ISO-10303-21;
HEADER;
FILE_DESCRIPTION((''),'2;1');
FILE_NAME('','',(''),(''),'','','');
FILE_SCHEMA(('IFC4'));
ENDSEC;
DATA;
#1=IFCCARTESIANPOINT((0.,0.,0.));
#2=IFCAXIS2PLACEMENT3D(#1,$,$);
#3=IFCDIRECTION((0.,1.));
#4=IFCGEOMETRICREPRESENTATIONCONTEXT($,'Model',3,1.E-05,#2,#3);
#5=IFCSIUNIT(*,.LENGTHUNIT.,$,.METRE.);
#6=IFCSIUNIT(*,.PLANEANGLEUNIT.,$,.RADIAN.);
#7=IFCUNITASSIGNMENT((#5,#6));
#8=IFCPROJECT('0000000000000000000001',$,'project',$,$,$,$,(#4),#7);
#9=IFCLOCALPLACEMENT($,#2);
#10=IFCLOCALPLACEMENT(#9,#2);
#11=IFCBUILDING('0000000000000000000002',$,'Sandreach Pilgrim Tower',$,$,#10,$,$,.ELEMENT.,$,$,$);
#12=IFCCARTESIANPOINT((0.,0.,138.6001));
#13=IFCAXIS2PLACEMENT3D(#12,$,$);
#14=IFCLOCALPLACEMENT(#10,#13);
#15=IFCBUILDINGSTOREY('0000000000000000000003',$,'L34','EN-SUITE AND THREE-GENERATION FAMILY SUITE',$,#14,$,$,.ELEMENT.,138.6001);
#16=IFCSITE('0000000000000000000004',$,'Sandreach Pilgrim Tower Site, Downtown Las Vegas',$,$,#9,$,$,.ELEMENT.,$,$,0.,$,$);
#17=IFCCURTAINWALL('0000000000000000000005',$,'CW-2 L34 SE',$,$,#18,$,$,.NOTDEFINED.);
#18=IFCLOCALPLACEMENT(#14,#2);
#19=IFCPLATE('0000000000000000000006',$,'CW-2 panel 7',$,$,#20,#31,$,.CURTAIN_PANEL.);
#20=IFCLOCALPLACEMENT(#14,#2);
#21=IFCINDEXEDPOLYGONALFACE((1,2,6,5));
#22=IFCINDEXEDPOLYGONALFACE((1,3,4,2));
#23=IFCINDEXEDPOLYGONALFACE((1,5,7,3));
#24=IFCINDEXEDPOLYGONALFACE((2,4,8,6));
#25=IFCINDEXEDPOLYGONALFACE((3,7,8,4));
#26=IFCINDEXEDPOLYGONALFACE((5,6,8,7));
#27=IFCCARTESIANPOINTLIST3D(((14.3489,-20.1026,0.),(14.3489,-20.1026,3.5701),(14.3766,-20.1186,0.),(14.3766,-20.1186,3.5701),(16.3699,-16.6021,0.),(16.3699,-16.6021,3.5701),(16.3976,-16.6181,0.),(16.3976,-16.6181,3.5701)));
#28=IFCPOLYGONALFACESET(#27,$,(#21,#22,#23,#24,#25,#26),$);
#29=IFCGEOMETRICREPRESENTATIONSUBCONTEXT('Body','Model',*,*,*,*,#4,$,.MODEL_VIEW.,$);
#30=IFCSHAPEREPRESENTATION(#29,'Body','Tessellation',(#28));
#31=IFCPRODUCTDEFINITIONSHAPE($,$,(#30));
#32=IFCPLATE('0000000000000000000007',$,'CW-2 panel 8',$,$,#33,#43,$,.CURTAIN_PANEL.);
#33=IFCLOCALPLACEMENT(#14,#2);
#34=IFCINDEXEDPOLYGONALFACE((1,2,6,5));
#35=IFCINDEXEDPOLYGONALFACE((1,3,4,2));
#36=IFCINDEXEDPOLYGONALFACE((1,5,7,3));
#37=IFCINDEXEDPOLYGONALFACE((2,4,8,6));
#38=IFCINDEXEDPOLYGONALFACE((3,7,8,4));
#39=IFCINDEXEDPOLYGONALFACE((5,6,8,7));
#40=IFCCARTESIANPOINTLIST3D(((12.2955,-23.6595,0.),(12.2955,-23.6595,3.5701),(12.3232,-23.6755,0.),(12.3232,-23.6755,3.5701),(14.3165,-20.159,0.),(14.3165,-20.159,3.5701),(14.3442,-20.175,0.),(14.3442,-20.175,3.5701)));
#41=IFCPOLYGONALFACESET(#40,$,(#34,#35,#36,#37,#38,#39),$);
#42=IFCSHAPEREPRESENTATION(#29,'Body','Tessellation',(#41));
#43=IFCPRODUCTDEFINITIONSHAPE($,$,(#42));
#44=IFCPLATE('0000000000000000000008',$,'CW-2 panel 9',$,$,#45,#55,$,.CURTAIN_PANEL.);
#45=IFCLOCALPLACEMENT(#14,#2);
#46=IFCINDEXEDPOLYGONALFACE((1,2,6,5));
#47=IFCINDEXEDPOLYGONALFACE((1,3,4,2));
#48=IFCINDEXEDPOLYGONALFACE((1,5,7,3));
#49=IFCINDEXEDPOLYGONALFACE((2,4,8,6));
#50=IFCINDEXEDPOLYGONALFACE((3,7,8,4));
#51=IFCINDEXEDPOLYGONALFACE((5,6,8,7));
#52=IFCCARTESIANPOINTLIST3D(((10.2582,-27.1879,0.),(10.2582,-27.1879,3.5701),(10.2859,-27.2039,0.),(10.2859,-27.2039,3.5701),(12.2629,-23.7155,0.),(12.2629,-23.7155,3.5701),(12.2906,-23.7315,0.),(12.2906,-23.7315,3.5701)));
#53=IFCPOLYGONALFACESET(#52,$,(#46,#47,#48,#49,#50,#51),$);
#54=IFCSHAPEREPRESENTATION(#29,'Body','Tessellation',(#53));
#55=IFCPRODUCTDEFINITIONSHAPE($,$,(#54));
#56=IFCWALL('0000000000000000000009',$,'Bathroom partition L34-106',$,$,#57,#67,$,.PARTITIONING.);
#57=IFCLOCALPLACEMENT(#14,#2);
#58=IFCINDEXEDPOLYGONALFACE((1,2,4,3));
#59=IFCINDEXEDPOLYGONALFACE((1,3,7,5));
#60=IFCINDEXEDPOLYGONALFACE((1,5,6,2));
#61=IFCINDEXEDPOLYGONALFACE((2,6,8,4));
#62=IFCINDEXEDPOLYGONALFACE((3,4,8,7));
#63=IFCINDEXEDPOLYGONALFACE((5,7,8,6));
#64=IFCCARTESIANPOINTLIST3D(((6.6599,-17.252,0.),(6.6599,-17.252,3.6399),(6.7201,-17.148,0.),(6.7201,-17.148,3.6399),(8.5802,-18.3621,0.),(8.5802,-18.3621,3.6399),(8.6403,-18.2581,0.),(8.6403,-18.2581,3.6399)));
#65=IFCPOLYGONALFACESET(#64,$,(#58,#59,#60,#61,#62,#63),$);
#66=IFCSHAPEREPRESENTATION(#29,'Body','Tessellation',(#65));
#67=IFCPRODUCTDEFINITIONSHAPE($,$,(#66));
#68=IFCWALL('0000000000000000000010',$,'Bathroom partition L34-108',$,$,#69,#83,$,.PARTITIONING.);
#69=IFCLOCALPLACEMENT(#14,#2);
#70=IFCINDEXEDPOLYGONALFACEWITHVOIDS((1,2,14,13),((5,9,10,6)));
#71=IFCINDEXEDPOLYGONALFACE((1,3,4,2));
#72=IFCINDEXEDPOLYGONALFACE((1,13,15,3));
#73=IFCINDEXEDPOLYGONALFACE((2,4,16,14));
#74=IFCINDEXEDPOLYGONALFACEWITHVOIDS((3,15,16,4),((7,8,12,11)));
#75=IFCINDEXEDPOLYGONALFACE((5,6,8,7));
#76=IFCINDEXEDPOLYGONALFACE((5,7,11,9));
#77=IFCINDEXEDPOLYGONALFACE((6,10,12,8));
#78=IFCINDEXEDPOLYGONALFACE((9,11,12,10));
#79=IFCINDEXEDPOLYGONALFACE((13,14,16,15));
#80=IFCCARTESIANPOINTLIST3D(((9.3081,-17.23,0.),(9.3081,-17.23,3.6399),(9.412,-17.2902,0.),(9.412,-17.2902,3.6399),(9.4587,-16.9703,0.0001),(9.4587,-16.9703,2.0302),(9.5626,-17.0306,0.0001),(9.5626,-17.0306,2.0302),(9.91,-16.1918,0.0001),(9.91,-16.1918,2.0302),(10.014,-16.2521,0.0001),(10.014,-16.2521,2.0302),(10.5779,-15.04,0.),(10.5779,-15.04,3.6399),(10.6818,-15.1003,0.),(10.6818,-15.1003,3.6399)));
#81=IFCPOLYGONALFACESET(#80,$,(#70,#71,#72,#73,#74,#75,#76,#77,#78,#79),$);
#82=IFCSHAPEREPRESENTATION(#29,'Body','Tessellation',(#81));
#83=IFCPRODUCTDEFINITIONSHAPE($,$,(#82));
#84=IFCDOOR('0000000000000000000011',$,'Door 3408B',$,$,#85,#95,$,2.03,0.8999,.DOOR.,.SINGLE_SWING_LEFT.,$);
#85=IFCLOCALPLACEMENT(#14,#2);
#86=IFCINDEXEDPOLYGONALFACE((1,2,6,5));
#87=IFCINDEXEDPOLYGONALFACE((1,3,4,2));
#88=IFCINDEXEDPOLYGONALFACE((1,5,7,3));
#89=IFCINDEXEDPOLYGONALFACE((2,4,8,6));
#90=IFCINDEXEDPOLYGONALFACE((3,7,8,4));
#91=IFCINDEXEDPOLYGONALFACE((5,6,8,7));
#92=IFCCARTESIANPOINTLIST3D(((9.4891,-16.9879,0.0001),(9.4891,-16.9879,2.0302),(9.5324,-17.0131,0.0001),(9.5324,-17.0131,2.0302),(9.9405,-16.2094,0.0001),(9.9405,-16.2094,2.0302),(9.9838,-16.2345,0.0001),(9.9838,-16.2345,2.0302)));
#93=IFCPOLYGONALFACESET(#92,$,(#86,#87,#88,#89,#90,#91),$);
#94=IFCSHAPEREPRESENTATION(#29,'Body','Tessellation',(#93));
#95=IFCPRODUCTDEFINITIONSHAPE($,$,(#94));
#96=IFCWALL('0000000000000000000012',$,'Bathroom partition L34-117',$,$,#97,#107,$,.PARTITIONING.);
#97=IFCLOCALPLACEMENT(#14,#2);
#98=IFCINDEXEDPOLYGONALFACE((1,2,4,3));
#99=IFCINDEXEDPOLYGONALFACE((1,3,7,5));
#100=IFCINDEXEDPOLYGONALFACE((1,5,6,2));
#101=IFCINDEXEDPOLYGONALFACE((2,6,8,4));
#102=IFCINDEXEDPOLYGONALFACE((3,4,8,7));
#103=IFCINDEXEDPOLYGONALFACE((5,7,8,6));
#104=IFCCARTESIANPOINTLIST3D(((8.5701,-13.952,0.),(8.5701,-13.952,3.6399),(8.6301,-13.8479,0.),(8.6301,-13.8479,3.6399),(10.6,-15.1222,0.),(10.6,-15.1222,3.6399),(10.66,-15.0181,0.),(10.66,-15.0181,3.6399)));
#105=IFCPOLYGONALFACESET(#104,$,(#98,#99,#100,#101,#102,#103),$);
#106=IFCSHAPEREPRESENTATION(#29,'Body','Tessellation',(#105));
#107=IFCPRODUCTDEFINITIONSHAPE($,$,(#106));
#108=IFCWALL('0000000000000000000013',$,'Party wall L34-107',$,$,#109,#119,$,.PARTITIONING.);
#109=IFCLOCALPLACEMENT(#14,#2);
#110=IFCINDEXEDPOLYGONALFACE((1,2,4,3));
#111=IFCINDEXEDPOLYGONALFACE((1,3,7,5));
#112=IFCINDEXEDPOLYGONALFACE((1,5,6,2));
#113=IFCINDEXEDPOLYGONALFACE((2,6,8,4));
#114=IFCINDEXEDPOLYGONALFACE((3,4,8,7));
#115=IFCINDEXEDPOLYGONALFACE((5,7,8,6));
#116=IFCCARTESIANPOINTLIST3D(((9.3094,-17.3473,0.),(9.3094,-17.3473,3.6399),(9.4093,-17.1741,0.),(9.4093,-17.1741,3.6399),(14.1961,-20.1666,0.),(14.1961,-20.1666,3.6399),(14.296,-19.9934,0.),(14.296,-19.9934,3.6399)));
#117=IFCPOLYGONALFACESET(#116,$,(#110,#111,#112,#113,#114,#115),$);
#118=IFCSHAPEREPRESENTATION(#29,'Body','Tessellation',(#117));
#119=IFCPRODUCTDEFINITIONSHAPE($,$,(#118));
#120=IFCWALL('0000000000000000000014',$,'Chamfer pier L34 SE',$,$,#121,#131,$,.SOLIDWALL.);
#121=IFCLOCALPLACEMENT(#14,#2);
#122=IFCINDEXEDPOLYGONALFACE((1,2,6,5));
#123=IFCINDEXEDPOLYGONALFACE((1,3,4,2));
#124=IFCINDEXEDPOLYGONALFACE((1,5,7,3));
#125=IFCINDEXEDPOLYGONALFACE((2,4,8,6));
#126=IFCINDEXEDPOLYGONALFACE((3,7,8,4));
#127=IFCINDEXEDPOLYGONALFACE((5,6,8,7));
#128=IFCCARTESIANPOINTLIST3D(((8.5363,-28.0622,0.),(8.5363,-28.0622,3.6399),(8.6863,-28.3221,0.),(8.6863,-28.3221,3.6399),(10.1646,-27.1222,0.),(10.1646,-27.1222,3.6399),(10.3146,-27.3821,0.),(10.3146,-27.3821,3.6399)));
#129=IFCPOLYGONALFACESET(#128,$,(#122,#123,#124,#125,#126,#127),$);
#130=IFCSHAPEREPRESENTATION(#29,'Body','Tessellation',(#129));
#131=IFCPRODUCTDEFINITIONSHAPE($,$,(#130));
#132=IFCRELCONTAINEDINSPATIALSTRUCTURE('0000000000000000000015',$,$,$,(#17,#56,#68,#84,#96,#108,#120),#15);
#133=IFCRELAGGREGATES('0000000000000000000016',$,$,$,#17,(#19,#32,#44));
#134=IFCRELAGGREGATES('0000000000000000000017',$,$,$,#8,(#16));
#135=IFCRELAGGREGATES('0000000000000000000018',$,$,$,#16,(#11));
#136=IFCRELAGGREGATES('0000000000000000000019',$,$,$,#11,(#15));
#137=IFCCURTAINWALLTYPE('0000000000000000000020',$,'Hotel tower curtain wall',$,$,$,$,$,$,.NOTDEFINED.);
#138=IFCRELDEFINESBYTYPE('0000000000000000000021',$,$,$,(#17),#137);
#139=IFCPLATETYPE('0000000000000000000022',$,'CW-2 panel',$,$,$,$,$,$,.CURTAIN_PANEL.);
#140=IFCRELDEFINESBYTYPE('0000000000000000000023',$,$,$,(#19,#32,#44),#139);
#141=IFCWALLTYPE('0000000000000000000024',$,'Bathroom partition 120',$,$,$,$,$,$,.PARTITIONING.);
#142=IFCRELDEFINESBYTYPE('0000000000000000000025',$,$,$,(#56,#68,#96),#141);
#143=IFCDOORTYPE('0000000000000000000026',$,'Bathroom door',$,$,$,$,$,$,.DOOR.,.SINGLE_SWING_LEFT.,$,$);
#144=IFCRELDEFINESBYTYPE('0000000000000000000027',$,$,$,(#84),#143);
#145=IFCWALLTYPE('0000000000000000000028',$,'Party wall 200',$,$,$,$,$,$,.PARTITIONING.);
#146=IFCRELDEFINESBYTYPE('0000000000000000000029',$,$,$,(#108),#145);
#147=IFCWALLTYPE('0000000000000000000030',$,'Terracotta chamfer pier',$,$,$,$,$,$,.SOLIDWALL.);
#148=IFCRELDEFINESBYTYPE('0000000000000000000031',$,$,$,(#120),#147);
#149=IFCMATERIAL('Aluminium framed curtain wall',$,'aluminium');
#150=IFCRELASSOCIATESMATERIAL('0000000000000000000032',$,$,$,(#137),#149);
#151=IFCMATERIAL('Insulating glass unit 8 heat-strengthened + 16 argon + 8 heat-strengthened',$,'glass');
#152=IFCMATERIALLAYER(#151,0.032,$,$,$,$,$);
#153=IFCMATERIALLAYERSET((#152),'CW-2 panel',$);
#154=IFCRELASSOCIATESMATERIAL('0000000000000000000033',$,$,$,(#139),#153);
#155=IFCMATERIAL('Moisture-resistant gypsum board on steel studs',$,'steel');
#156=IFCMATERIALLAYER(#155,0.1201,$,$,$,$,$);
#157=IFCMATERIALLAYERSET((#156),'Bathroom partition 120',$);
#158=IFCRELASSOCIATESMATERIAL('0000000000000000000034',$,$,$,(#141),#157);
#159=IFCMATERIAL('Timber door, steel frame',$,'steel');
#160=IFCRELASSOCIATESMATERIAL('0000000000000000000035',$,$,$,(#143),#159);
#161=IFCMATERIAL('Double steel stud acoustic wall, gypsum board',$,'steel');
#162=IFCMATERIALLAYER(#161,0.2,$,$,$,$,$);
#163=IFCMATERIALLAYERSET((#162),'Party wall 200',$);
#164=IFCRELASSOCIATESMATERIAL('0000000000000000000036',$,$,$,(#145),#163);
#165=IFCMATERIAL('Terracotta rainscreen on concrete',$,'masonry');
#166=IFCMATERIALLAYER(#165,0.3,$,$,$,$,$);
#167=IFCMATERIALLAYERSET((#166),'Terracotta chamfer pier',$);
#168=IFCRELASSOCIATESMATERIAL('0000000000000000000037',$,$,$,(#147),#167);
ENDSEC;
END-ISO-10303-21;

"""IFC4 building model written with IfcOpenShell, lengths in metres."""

from ifc_helpers import new_model, si_unit, direction, frame, frame_2d, origin, origin_2d, place, context, subcontext, project, spatial, rectangle, extrude, material, layer, layer_set, type_object, element, fill, aggregate, save


model = new_model("IFC4")

# Units and contexts
model_context = context("Model", 3, precision=1e-05, world=origin(), true_north=direction((0.0, 1.0)))
body_context = subcontext(model_context, "Body", "Model", "MODEL_VIEW")
ifc_project = project(units=[si_unit("LENGTHUNIT", "METRE"), si_unit("PLANEANGLEUNIT", "RADIAN")], contexts=[model_context])

# Site, building, storey
site_placement = place(None, origin())
site = spatial("IfcSite", under=ifc_project, at=site_placement, Name="Sandreach Pilgrim Tower Site, Downtown Las Vegas", CompositionType="ELEMENT", RefElevation=0.0)
building_placement = place(site_placement, origin())
building = spatial("IfcBuilding", under=site, at=building_placement, Name="Sandreach Pilgrim Tower", CompositionType="ELEMENT")
storey_placement = place(building_placement, frame((0.0, 0.0, 138.6001)))
storey = spatial("IfcBuildingStorey", under=building, at=storey_placement, Name="L34", Description="EN-SUITE AND THREE-GENERATION FAMILY SUITE", CompositionType="ELEMENT", Elevation=138.6001)

# Curtain wall
ifc_material_1 = material(Name="Aluminium framed curtain wall", Category="aluminium")
curtain_wall_type = type_object("IfcCurtainWallType", Name="Hotel tower curtain wall", PredefinedType="NOTDEFINED", material=ifc_material_1)
curtain_wall_1_placement = place(storey_placement, origin())
curtain_wall_1 = element("IfcCurtainWall", 1, at=curtain_wall_1_placement, inside=storey, type_object=curtain_wall_type, Name="CW-2 L34 SE", PredefinedType="NOTDEFINED")

# Plates
ifc_material_2 = material(Name="Insulating glass unit 8 heat-strengthened + 16 argon + 8 heat-strengthened", Category="glass")
ifc_layer_1 = layer(ifc_material_2, 0.032)
ifc_layer_set_1 = layer_set([ifc_layer_1], Name="CW-2 panel")
plate_type = type_object("IfcPlateType", Name="CW-2 panel", PredefinedType="CURTAIN_PANEL", material=ifc_layer_set_1)
plate_1_placement = place(storey_placement, frame((15.3733, -18.3604, 0.0), z_axis=(0.0, 0.0, 1.0), x_axis=(-0.5, -0.866025, 0.0)))
plate_1 = element("IfcPlate", 2, at=plate_1_placement, type_object=plate_type, Name="CW-2 panel 7", PredefinedType="CURTAIN_PANEL", context=body_context, shape_type="SweptSolid", body=[
    extrude(rectangle(XDim=4.042, YDim=0.032, at=origin_2d()), origin(), (0.0, 0.0, 1.0), 3.5701),
])
plate_2_placement = place(storey_placement, frame((13.3198, -21.9172, 0.0), z_axis=(0.0, 0.0, 1.0), x_axis=(-0.5, -0.866025, 0.0)))
plate_2 = element("IfcPlate", 3, at=plate_2_placement, type_object=plate_type, Name="CW-2 panel 8", PredefinedType="CURTAIN_PANEL", context=body_context, shape_type="SweptSolid", body=[
    extrude(rectangle(XDim=4.042, YDim=0.032, at=origin_2d()), origin(), (0.0, 0.0, 1.0), 3.5701),
])
plate_3_placement = place(storey_placement, frame((11.2744, -25.4597, 0.0), z_axis=(0.0, 0.0, 1.0), x_axis=(-0.5, -0.866025, 0.0)))
plate_3 = element("IfcPlate", 4, at=plate_3_placement, type_object=plate_type, Name="CW-2 panel 9", PredefinedType="CURTAIN_PANEL", context=body_context, shape_type="SweptSolid", body=[
    extrude(rectangle(XDim=4.0095, YDim=0.032, at=origin_2d()), origin(), (0.0, 0.0, 1.0), 3.5701),
])
aggregate(curtain_wall_1, [plate_1, plate_2, plate_3])

# Wall
ifc_material_3 = material(Name="Moisture-resistant gypsum board on steel studs", Category="steel")
ifc_layer_2 = layer(ifc_material_3, 0.1201)
ifc_layer_set_2 = layer_set([ifc_layer_2], Name="Bathroom partition 120")
wall_type_1 = type_object("IfcWallType", Name="Bathroom partition 120", PredefinedType="PARTITIONING", material=ifc_layer_set_2)
wall_1_placement = place(storey_placement, frame((8.6101, -18.3101, 0.0), z_axis=(0.0, 0.0, 1.0), x_axis=(-0.865733, 0.500507, 0.0)))
element("IfcWall", 5, at=wall_1_placement, inside=storey, type_object=wall_type_1, Name="Bathroom partition L34-106", PredefinedType="PARTITIONING", context=body_context, shape_type="SweptSolid", body=[
    extrude(rectangle(XDim=2.218, YDim=0.1201, at=frame_2d((1.1089, 0.0))), origin(), (0.0, 0.0, 1.0), 3.6399),
])

# Wall, opening, door
wall_2_placement = place(storey_placement, frame((9.3601, -17.26, 0.0), z_axis=(0.0, 0.0, 1.0), x_axis=(0.501603, 0.865098, 0.0)))
wall_2 = element("IfcWall", 6, at=wall_2_placement, inside=storey, type_object=wall_type_1, Name="Bathroom partition L34-108", PredefinedType="PARTITIONING", context=body_context, shape_type="SweptSolid", body=[
    extrude(rectangle(XDim=2.5315, YDim=0.1201, at=frame_2d((1.2656, 0.0))), origin(), (0.0, 0.0, 1.0), 3.6399),
])
opening_placement = place(wall_2_placement, frame((0.3, 0.0, 0.0)))
opening = element("IfcOpeningElement", 7, at=opening_placement, cuts=wall_2, PredefinedType="OPENING", context=body_context, shape_type="SweptSolid", body=[
    extrude(rectangle(XDim=0.8999, YDim=2.03, at=frame_2d((0.45, 1.0151))), frame((0.0, 0.0601, 0.0), z_axis=(0.0, -1.0, 0.0), x_axis=(1.0, 0.0, 0.0)), (0.0, 0.0, 1.0), 0.1201),
])
ifc_material_4 = material(Name="Timber door, steel frame", Category="steel")
door_type = type_object("IfcDoorType", Name="Bathroom door", OperationType="SINGLE_SWING_LEFT", PredefinedType="DOOR", material=ifc_material_4)
door_placement = place(opening_placement, origin())
door = element("IfcDoor", 8, at=door_placement, inside=storey, type_object=door_type, Name="Door 3408B", OperationType="SINGLE_SWING_LEFT", OverallHeight=2.03, OverallWidth=0.8999, PredefinedType="DOOR", context=body_context, shape_type="SweptSolid", body=[
    extrude(rectangle(XDim=0.8999, YDim=2.03, at=frame_2d((0.45, 1.0151))), frame((0.0, 0.0249, 0.0), z_axis=(0.0, -1.0, 0.0), x_axis=(1.0, 0.0, 0.0)), (0.0, 0.0, 1.0), 0.05),
])
fill(opening, door)

# Walls
wall_3_placement = place(storey_placement, frame((10.6299, -15.0701, 0.0), z_axis=(0.0, 0.0, 1.0), x_axis=(-0.866345, 0.499446, 0.0)))
element("IfcWall", 9, at=wall_3_placement, inside=storey, type_object=wall_type_1, Name="Bathroom partition L34-117", PredefinedType="PARTITIONING", context=body_context, shape_type="SweptSolid", body=[
    extrude(rectangle(XDim=2.343, YDim=0.1201, at=frame_2d((1.1714, 0.0))), origin(), (0.0, 0.0, 1.0), 3.6399),
])
ifc_material_5 = material(Name="Double steel stud acoustic wall, gypsum board", Category="steel")
ifc_layer_3 = layer(ifc_material_5, 0.2)
ifc_layer_set_3 = layer_set([ifc_layer_3], Name="Party wall 200")
wall_type_2 = type_object("IfcWallType", Name="Party wall 200", PredefinedType="PARTITIONING", material=ifc_layer_set_3)
wall_4_placement = place(storey_placement, frame((9.3594, -17.2607, 0.0), z_axis=(0.0, 0.0, 1.0), x_axis=(0.86618, -0.499732, 0.0)))
element("IfcWall", 10, at=wall_4_placement, inside=storey, type_object=wall_type_2, Name="Party wall L34-107", PredefinedType="PARTITIONING", context=body_context, shape_type="SweptSolid", body=[
    extrude(rectangle(XDim=5.6416, YDim=0.2, at=frame_2d((2.8208, 0.0))), origin(), (0.0, 0.0, 1.0), 3.6399),
])
ifc_material_6 = material(Name="Terracotta rainscreen on concrete", Category="masonry")
ifc_layer_4 = layer(ifc_material_6, 0.3)
ifc_layer_set_4 = layer_set([ifc_layer_4], Name="Terracotta chamfer pier")
wall_type_3 = type_object("IfcWallType", Name="Terracotta chamfer pier", PredefinedType="SOLIDWALL", material=ifc_layer_set_4)
wall_5_placement = place(storey_placement, frame((10.2395, -27.2522, 0.0), z_axis=(0.0, 0.0, 1.0), x_axis=(-0.866045, -0.499966, 0.0)))
element("IfcWall", 11, at=wall_5_placement, inside=storey, type_object=wall_type_3, Name="Chamfer pier L34 SE", PredefinedType="SOLIDWALL", context=body_context, shape_type="SweptSolid", body=[
    extrude(rectangle(XDim=1.8801, YDim=0.3, at=frame_2d((0.9399, 0.0))), origin(), (0.0, 0.0, 1.0), 3.6399),
])

save(model, "model.ifc")
